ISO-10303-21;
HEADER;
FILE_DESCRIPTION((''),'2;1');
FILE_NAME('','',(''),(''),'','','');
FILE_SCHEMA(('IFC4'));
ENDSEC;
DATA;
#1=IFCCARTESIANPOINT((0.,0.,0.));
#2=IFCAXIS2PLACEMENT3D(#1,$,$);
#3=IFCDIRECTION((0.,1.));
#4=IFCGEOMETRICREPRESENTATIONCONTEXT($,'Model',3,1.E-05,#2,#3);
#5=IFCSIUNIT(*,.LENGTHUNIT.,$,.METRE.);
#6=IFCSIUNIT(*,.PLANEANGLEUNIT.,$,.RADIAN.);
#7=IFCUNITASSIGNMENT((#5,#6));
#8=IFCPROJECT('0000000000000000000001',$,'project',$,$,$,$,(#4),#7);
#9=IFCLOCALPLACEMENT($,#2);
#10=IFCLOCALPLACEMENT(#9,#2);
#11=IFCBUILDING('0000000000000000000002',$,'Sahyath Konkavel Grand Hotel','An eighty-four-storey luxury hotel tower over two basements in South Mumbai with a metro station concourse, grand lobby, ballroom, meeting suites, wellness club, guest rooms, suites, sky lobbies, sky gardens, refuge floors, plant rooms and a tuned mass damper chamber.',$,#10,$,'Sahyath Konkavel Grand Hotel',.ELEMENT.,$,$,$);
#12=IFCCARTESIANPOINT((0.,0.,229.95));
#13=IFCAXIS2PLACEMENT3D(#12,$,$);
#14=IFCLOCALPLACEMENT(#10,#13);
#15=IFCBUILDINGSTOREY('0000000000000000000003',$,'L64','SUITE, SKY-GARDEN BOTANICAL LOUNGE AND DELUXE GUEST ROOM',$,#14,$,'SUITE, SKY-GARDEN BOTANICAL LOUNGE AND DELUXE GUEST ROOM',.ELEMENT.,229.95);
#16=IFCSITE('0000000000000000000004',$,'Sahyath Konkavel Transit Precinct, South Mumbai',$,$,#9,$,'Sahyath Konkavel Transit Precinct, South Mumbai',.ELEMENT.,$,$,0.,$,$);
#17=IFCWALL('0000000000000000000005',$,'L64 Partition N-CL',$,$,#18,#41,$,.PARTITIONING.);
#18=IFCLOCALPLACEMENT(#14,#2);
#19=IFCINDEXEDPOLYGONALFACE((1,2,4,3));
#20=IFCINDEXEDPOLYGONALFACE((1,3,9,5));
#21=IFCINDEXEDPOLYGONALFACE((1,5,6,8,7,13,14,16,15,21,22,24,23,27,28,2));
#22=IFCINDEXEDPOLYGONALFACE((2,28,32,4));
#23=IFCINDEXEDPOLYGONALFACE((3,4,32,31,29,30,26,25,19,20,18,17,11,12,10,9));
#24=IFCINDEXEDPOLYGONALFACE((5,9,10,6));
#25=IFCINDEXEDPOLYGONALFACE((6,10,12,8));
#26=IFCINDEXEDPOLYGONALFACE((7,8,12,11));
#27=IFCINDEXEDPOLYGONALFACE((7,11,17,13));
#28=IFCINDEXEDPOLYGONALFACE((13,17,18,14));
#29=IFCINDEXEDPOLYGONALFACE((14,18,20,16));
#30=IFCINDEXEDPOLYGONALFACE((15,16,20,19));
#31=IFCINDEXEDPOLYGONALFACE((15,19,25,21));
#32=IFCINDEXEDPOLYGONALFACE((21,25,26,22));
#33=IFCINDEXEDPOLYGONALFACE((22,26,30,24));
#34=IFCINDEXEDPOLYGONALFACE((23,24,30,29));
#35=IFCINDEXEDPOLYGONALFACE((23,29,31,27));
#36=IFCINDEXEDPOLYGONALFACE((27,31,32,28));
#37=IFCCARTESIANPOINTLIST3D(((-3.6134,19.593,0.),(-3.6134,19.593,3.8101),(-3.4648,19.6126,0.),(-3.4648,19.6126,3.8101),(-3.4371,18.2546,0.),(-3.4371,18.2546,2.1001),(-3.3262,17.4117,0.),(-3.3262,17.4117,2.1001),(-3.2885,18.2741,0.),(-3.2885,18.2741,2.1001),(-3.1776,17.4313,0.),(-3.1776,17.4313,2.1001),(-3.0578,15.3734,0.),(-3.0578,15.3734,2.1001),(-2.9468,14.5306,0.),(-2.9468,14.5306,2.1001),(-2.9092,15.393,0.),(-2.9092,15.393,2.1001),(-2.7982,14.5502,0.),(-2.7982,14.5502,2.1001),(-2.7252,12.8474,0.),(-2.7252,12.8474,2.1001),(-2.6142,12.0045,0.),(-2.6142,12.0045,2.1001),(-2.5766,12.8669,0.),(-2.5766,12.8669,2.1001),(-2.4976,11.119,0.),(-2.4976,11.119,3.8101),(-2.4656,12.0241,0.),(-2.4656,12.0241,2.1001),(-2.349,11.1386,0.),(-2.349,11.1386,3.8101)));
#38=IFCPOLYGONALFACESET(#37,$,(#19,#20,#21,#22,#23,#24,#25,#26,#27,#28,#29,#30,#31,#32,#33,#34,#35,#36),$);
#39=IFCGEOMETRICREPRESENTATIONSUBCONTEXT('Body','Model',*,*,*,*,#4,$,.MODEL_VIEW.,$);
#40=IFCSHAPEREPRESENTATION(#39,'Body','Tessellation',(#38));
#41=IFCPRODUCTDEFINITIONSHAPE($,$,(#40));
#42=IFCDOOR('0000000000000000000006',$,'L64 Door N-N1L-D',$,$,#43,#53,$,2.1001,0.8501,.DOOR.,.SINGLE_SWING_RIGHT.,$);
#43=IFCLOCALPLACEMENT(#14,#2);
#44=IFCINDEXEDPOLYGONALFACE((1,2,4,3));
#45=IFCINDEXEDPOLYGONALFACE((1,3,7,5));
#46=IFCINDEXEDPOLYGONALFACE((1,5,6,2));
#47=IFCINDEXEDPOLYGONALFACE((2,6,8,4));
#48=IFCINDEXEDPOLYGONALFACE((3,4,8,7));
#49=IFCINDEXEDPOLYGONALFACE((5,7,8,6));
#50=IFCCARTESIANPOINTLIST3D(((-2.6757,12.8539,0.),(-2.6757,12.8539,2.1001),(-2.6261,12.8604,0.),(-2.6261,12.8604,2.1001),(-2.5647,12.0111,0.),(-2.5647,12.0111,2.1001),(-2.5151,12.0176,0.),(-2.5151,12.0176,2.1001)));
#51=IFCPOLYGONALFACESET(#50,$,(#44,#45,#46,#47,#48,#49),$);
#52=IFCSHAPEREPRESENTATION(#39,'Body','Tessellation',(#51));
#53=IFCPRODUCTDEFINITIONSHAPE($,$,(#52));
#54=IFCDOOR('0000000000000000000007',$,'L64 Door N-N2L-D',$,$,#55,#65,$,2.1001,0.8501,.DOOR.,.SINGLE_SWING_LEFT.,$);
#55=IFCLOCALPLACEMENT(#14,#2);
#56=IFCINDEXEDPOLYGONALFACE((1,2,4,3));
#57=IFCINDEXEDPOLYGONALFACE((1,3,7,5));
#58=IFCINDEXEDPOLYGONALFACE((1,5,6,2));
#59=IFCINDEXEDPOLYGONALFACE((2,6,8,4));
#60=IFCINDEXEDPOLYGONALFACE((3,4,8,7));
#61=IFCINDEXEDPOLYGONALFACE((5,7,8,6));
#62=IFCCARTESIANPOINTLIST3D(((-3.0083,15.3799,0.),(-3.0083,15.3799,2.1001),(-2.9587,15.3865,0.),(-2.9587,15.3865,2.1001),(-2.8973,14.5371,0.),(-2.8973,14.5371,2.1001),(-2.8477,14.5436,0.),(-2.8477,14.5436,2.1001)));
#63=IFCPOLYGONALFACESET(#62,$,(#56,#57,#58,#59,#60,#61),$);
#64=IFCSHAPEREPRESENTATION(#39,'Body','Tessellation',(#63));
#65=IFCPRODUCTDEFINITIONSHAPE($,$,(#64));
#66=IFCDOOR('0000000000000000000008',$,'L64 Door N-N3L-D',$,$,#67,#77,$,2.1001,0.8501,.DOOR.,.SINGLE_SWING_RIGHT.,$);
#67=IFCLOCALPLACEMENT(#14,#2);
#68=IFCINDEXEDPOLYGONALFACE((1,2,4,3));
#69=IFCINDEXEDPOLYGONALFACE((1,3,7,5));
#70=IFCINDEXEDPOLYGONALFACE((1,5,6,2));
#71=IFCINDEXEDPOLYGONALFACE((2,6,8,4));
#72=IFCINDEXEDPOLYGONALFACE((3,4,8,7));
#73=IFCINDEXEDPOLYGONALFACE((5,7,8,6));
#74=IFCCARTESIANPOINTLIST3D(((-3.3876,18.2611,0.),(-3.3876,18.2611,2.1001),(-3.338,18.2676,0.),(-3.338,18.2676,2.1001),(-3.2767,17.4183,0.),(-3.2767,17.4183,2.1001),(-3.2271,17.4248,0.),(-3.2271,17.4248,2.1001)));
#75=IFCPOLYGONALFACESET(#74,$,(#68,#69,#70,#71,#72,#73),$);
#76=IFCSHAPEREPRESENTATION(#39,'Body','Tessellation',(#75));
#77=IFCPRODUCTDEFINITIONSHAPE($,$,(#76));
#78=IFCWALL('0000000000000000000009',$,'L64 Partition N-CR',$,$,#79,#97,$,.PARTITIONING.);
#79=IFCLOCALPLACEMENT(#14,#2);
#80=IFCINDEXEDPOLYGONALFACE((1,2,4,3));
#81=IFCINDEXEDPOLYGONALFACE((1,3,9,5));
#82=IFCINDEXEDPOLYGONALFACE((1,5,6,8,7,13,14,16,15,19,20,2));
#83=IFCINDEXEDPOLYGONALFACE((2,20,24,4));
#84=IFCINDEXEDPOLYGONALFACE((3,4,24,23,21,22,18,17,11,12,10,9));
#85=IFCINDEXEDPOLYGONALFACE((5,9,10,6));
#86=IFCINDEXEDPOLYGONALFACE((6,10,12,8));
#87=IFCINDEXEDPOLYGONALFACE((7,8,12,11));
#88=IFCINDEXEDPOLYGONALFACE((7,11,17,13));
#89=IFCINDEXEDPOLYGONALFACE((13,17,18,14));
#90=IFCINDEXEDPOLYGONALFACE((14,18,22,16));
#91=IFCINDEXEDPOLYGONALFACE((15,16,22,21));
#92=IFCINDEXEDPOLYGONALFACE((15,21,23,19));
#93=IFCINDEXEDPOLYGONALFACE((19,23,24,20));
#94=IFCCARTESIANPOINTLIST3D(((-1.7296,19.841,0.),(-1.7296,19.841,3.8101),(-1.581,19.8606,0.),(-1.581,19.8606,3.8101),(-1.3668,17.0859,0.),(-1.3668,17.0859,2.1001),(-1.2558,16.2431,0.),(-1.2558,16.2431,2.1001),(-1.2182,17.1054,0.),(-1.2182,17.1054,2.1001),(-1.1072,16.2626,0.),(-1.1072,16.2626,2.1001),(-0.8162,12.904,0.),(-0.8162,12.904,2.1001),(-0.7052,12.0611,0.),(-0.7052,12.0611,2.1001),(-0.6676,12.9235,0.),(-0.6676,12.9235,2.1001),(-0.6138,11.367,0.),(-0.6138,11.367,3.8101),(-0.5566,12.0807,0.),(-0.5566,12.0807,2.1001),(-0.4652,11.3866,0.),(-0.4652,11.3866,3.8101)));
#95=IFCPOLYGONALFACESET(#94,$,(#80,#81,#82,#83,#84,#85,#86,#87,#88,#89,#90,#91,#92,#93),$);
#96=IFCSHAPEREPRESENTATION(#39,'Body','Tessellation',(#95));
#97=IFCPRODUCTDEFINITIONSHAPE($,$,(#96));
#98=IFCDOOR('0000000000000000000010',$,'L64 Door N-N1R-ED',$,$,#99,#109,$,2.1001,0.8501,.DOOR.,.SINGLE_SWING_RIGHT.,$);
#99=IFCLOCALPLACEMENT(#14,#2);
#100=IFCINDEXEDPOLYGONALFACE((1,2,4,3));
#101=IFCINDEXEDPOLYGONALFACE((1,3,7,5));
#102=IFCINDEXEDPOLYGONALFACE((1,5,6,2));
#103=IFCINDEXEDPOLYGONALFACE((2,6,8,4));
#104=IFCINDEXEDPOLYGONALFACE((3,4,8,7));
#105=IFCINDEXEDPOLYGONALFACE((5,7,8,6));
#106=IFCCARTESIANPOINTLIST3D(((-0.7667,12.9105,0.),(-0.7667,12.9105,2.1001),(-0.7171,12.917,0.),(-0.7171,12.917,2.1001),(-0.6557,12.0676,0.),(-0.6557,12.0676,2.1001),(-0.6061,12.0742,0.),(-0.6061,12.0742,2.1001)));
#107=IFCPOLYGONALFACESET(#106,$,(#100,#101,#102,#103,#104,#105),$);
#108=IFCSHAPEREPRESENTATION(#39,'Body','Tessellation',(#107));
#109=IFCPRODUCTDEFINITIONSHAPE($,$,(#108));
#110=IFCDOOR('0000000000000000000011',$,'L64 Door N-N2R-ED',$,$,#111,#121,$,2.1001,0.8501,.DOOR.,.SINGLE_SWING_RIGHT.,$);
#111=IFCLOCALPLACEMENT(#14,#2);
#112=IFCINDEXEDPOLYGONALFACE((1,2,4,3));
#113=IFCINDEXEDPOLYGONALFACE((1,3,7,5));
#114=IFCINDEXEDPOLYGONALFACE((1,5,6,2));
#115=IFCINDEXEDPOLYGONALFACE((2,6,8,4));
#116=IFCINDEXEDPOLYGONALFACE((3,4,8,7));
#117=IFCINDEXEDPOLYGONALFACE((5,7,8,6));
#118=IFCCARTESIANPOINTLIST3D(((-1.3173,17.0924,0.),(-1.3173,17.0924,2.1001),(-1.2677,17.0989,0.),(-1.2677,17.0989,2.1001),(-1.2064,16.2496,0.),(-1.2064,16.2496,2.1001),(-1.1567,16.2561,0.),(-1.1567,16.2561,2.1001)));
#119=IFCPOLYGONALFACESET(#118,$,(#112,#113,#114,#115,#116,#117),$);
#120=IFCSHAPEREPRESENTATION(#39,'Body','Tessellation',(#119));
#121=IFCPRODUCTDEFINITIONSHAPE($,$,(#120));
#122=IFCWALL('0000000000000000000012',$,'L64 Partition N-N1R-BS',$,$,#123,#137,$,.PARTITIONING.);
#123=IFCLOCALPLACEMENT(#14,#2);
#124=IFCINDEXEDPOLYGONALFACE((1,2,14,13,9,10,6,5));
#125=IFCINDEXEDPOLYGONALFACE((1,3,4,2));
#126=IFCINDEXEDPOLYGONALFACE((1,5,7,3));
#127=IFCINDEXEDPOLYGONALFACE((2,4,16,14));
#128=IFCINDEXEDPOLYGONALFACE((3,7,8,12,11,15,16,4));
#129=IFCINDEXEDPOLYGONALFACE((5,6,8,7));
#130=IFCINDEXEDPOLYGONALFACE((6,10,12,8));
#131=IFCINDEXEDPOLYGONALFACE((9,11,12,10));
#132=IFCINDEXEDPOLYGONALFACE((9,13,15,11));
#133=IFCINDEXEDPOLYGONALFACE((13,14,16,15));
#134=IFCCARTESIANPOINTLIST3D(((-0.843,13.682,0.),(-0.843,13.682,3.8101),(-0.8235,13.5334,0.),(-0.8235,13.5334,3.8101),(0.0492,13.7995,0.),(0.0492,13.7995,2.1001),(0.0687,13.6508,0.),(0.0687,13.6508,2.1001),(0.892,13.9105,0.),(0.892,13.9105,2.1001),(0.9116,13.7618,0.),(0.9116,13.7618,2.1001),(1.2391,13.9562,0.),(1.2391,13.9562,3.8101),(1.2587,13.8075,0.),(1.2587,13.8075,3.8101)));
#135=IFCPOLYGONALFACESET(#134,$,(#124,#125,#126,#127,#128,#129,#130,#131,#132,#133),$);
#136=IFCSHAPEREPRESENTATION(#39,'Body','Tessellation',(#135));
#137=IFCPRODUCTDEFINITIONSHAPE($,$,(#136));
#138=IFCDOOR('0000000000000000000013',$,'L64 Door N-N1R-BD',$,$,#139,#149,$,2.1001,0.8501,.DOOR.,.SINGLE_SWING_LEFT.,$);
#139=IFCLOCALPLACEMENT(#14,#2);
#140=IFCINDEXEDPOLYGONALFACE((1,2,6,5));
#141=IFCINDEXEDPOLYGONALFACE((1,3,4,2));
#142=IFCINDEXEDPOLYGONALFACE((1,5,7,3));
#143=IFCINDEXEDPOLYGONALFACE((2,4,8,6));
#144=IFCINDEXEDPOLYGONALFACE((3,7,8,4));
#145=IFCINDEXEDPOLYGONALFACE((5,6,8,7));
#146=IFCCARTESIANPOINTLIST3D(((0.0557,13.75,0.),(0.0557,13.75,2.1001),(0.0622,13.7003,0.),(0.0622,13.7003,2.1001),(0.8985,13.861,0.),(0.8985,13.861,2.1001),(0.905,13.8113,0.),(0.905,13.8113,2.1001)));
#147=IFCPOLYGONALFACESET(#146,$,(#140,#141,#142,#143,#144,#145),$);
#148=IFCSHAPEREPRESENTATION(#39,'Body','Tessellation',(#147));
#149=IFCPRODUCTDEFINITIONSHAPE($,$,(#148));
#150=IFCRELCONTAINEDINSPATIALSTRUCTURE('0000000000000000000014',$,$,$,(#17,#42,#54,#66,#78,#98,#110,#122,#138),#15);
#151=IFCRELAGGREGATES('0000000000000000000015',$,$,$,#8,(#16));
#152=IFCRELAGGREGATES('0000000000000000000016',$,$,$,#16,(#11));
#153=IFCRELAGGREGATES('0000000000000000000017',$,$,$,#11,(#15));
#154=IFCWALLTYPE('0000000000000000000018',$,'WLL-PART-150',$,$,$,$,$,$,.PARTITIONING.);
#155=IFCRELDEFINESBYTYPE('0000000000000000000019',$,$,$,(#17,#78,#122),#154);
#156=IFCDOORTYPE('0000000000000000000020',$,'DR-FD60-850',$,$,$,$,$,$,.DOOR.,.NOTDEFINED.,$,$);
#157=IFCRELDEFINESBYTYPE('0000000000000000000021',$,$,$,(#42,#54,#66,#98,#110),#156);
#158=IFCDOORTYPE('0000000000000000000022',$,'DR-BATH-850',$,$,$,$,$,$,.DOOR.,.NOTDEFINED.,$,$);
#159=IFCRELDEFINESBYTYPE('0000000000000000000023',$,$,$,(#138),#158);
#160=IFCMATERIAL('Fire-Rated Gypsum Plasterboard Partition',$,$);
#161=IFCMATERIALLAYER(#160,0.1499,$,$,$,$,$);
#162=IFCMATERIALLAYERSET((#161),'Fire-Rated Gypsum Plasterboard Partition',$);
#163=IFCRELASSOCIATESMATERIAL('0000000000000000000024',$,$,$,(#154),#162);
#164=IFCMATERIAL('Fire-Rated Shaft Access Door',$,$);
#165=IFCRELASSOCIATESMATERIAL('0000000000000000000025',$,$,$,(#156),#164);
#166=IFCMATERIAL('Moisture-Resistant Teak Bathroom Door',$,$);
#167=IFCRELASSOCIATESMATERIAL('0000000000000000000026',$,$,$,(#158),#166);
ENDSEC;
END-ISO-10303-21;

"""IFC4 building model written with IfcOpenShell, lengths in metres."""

from ifc_helpers import new_model, si_unit, direction, frame, frame_2d, origin, origin_2d, place, context, subcontext, project, spatial, rectangle, extrude, source, transform, mapped, material, layer, layer_set, type_object, element, fill, save


model = new_model("IFC4")

# Units and contexts
model_context = context("Model", 3, precision=1e-05, world=origin(), true_north=direction((0.0, 1.0)))
body_context = subcontext(model_context, "Body", "Model", "MODEL_VIEW")
ifc_project = project(units=[si_unit("LENGTHUNIT", "METRE"), si_unit("PLANEANGLEUNIT", "RADIAN")], contexts=[model_context])

# Site, building, storey
site_placement = place(None, origin())
site = spatial("IfcSite", under=ifc_project, at=site_placement, Name="Sahyath Konkavel Transit Precinct, South Mumbai", LongName="Sahyath Konkavel Transit Precinct, South Mumbai", CompositionType="ELEMENT", RefElevation=0.0)
building_placement = place(site_placement, origin())
building = spatial("IfcBuilding", under=site, at=building_placement, Name="Sahyath Konkavel Grand Hotel", Description="An eighty-four-storey luxury hotel tower over two basements in South Mumbai with a metro station concourse, grand lobby, ballroom, meeting suites, wellness club, guest rooms, suites, sky lobbies, sky gardens, refuge floors, plant rooms and a tuned mass damper chamber.", LongName="Sahyath Konkavel Grand Hotel", CompositionType="ELEMENT")
storey_placement = place(building_placement, frame((0.0, 0.0, 229.95)))
storey = spatial("IfcBuildingStorey", under=building, at=storey_placement, Name="L64", Description="SUITE, SKY-GARDEN BOTANICAL LOUNGE AND DELUXE GUEST ROOM", LongName="SUITE, SKY-GARDEN BOTANICAL LOUNGE AND DELUXE GUEST ROOM", CompositionType="ELEMENT", Elevation=229.95)

# Walls, openings, doors
ifc_material_1 = material(Name="Fire-Rated Gypsum Plasterboard Partition")
ifc_layer_1 = layer(ifc_material_1, 0.1499)
ifc_layer_set_1 = layer_set([ifc_layer_1], Name="Fire-Rated Gypsum Plasterboard Partition")
wall_type_1 = type_object("IfcWallType", Name="WLL-PART-150", PredefinedType="PARTITIONING", material=ifc_layer_set_1)
wall_1_placement = place(storey_placement, frame((-2.4233, 11.1289, 0.0), z_axis=(0.0, 0.0, 1.0), x_axis=(-0.130539, 0.991443, 0.0)))
wall_1 = element("IfcWall", 1, at=wall_1_placement, inside=storey, type_object=wall_type_1, Name="L64 Partition N-CL", PredefinedType="PARTITIONING", context=body_context, shape_type="SweptSolid", body=[
    extrude(rectangle(XDim=8.5471, YDim=0.1499, at=frame_2d((4.2734, 0.0))), origin(), (0.0, 0.0, 1.0), 3.8101),
])
opening_1_placement = place(wall_1_placement, frame((0.8931, 0.0, 0.0)))
opening_1 = element("IfcOpeningElement", 2, at=opening_1_placement, cuts=wall_1, PredefinedType="OPENING", context=body_context, shape_type="SweptSolid", body=[
    extrude(rectangle(XDim=0.8501, YDim=2.1001, at=frame_2d((0.425, 1.05))), frame((0.0, 0.085, 0.0), z_axis=(0.0, -1.0, 0.0), x_axis=(1.0, 0.0, 0.0)), (0.0, 0.0, 1.0), 0.1699),
])
opening_2_placement = place(wall_1_placement, frame((3.4409, 0.0, 0.0)))
opening_2 = element("IfcOpeningElement", 3, at=opening_2_placement, cuts=wall_1, PredefinedType="OPENING", context=body_context, shape_type="SweptSolid", body=[
    extrude(rectangle(XDim=0.8501, YDim=2.1001, at=frame_2d((0.425, 1.05))), frame((0.0, 0.085, 0.0), z_axis=(0.0, -1.0, 0.0), x_axis=(1.0, 0.0, 0.0)), (0.0, 0.0, 1.0), 0.1699),
])
opening_3_placement = place(wall_1_placement, frame((6.3469, 0.0, 0.0)))
opening_3 = element("IfcOpeningElement", 4, at=opening_3_placement, cuts=wall_1, PredefinedType="OPENING", context=body_context, shape_type="SweptSolid", body=[
    extrude(rectangle(XDim=0.8501, YDim=2.1001, at=frame_2d((0.425, 1.05))), frame((0.0, 0.085, 0.0), z_axis=(0.0, -1.0, 0.0), x_axis=(1.0, 0.0, 0.0)), (0.0, 0.0, 1.0), 0.1699),
])
ifc_material_2 = material(Name="Fire-Rated Shaft Access Door")
door_type_1 = type_object("IfcDoorType", Name="DR-FD60-850", OperationType="NOTDEFINED", PredefinedType="DOOR", material=ifc_material_2)
shared_shape_1 = source(origin(), body_context, "Body", "SweptSolid", [
    extrude(rectangle(XDim=0.8501, YDim=0.05, at=origin_2d()), origin(), (0.0, 0.0, 1.0), 2.1001),
])
door_1_placement = place(opening_1_placement, frame((0.425, 0.0, 0.0)))
door_1 = element("IfcDoor", 5, at=door_1_placement, inside=storey, type_object=door_type_1, Name="L64 Door N-N1L-D", OperationType="SINGLE_SWING_RIGHT", OverallHeight=2.1001, OverallWidth=0.8501, PredefinedType="DOOR", context=body_context, shape_type="MappedRepresentation", body=[
    mapped(shared_shape_1, transform((0.0, 0.0, 0.0), scale=1.0)),
])
fill(opening_1, door_1)
door_2_placement = place(opening_2_placement, frame((0.425, 0.0, 0.0)))
door_2 = element("IfcDoor", 6, at=door_2_placement, inside=storey, type_object=door_type_1, Name="L64 Door N-N2L-D", OperationType="SINGLE_SWING_LEFT", OverallHeight=2.1001, OverallWidth=0.8501, PredefinedType="DOOR", context=body_context, shape_type="MappedRepresentation", body=[
    mapped(shared_shape_1, transform((0.0, 0.0, 0.0), scale=1.0)),
])
fill(opening_2, door_2)
door_3_placement = place(opening_3_placement, frame((0.425, 0.0, 0.0)))
door_3 = element("IfcDoor", 7, at=door_3_placement, inside=storey, type_object=door_type_1, Name="L64 Door N-N3L-D", OperationType="SINGLE_SWING_RIGHT", OverallHeight=2.1001, OverallWidth=0.8501, PredefinedType="DOOR", context=body_context, shape_type="MappedRepresentation", body=[
    mapped(shared_shape_1, transform((0.0, 0.0, 0.0), scale=1.0)),
])
fill(opening_3, door_3)
wall_2_placement = place(storey_placement, frame((-0.5396, 11.377, 0.0), z_axis=(0.0, 0.0, 1.0), x_axis=(-0.130539, 0.991443, 0.0)))
wall_2 = element("IfcWall", 8, at=wall_2_placement, inside=storey, type_object=wall_type_1, Name="L64 Partition N-CR", PredefinedType="PARTITIONING", context=body_context, shape_type="SweptSolid", body=[
    extrude(rectangle(XDim=8.5471, YDim=0.1499, at=frame_2d((4.2734, 0.0))), origin(), (0.0, 0.0, 1.0), 3.8101),
])
opening_4_placement = place(wall_2_placement, frame((0.7, 0.0, 0.0)))
opening_4 = element("IfcOpeningElement", 9, at=opening_4_placement, cuts=wall_2, PredefinedType="OPENING", context=body_context, shape_type="SweptSolid", body=[
    extrude(rectangle(XDim=0.8501, YDim=2.1001, at=frame_2d((0.425, 1.05))), frame((0.0, 0.085, 0.0), z_axis=(0.0, -1.0, 0.0), x_axis=(1.0, 0.0, 0.0)), (0.0, 0.0, 1.0), 0.1699),
])
opening_5_placement = place(wall_2_placement, frame((4.918, 0.0, 0.0)))
opening_5 = element("IfcOpeningElement", 10, at=opening_5_placement, cuts=wall_2, PredefinedType="OPENING", context=body_context, shape_type="SweptSolid", body=[
    extrude(rectangle(XDim=0.8501, YDim=2.1001, at=frame_2d((0.425, 1.05))), frame((0.0, 0.085, 0.0), z_axis=(0.0, -1.0, 0.0), x_axis=(1.0, 0.0, 0.0)), (0.0, 0.0, 1.0), 0.1699),
])
door_4_placement = place(opening_4_placement, frame((0.425, 0.0, 0.0)))
door_4 = element("IfcDoor", 11, at=door_4_placement, inside=storey, type_object=door_type_1, Name="L64 Door N-N1R-ED", OperationType="SINGLE_SWING_RIGHT", OverallHeight=2.1001, OverallWidth=0.8501, PredefinedType="DOOR", context=body_context, shape_type="MappedRepresentation", body=[
    mapped(shared_shape_1, transform((0.0, 0.0, 0.0), scale=1.0)),
])
fill(opening_4, door_4)
door_5_placement = place(opening_5_placement, frame((0.425, 0.0, 0.0)))
door_5 = element("IfcDoor", 12, at=door_5_placement, inside=storey, type_object=door_type_1, Name="L64 Door N-N2R-ED", OperationType="SINGLE_SWING_RIGHT", OverallHeight=2.1001, OverallWidth=0.8501, PredefinedType="DOOR", context=body_context, shape_type="MappedRepresentation", body=[
    mapped(shared_shape_1, transform((0.0, 0.0, 0.0), scale=1.0)),
])
fill(opening_5, door_5)

# Wall, opening, door
wall_3_placement = place(storey_placement, frame((-0.8333, 13.6077, 0.0), z_axis=(0.0, 0.0, 1.0), x_axis=(0.991441, 0.130557, 0.0)))
wall_3 = element("IfcWall", 13, at=wall_3_placement, inside=storey, type_object=wall_type_1, Name="L64 Partition N-N1R-BS", PredefinedType="PARTITIONING", context=body_context, shape_type="SweptSolid", body=[
    extrude(rectangle(XDim=2.1001, YDim=0.1499, at=frame_2d((1.05, 0.0))), origin(), (0.0, 0.0, 1.0), 3.8101),
])
opening_6_placement = place(wall_3_placement, frame((0.8999, 0.0, 0.0)))
opening_6 = element("IfcOpeningElement", 14, at=opening_6_placement, cuts=wall_3, PredefinedType="OPENING", context=body_context, shape_type="SweptSolid", body=[
    extrude(rectangle(XDim=0.8501, YDim=2.1001, at=frame_2d((0.425, 1.05))), frame((0.0, 0.085, 0.0), z_axis=(0.0, -1.0, 0.0), x_axis=(1.0, 0.0, 0.0)), (0.0, 0.0, 1.0), 0.1699),
])
ifc_material_3 = material(Name="Moisture-Resistant Teak Bathroom Door")
door_type_2 = type_object("IfcDoorType", Name="DR-BATH-850", OperationType="NOTDEFINED", PredefinedType="DOOR", material=ifc_material_3)
door_6_placement = place(opening_6_placement, frame((0.425, 0.0, 0.0)))
door_6 = element("IfcDoor", 15, at=door_6_placement, inside=storey, type_object=door_type_2, Name="L64 Door N-N1R-BD", OperationType="SINGLE_SWING_LEFT", OverallHeight=2.1001, OverallWidth=0.8501, PredefinedType="DOOR", context=body_context, shape_type="MappedRepresentation", body=[
    mapped(shared_shape_1, transform((0.0, 0.0, 0.0), scale=1.0)),
])
fill(opening_6, door_6)

save(model, "model.ifc")
